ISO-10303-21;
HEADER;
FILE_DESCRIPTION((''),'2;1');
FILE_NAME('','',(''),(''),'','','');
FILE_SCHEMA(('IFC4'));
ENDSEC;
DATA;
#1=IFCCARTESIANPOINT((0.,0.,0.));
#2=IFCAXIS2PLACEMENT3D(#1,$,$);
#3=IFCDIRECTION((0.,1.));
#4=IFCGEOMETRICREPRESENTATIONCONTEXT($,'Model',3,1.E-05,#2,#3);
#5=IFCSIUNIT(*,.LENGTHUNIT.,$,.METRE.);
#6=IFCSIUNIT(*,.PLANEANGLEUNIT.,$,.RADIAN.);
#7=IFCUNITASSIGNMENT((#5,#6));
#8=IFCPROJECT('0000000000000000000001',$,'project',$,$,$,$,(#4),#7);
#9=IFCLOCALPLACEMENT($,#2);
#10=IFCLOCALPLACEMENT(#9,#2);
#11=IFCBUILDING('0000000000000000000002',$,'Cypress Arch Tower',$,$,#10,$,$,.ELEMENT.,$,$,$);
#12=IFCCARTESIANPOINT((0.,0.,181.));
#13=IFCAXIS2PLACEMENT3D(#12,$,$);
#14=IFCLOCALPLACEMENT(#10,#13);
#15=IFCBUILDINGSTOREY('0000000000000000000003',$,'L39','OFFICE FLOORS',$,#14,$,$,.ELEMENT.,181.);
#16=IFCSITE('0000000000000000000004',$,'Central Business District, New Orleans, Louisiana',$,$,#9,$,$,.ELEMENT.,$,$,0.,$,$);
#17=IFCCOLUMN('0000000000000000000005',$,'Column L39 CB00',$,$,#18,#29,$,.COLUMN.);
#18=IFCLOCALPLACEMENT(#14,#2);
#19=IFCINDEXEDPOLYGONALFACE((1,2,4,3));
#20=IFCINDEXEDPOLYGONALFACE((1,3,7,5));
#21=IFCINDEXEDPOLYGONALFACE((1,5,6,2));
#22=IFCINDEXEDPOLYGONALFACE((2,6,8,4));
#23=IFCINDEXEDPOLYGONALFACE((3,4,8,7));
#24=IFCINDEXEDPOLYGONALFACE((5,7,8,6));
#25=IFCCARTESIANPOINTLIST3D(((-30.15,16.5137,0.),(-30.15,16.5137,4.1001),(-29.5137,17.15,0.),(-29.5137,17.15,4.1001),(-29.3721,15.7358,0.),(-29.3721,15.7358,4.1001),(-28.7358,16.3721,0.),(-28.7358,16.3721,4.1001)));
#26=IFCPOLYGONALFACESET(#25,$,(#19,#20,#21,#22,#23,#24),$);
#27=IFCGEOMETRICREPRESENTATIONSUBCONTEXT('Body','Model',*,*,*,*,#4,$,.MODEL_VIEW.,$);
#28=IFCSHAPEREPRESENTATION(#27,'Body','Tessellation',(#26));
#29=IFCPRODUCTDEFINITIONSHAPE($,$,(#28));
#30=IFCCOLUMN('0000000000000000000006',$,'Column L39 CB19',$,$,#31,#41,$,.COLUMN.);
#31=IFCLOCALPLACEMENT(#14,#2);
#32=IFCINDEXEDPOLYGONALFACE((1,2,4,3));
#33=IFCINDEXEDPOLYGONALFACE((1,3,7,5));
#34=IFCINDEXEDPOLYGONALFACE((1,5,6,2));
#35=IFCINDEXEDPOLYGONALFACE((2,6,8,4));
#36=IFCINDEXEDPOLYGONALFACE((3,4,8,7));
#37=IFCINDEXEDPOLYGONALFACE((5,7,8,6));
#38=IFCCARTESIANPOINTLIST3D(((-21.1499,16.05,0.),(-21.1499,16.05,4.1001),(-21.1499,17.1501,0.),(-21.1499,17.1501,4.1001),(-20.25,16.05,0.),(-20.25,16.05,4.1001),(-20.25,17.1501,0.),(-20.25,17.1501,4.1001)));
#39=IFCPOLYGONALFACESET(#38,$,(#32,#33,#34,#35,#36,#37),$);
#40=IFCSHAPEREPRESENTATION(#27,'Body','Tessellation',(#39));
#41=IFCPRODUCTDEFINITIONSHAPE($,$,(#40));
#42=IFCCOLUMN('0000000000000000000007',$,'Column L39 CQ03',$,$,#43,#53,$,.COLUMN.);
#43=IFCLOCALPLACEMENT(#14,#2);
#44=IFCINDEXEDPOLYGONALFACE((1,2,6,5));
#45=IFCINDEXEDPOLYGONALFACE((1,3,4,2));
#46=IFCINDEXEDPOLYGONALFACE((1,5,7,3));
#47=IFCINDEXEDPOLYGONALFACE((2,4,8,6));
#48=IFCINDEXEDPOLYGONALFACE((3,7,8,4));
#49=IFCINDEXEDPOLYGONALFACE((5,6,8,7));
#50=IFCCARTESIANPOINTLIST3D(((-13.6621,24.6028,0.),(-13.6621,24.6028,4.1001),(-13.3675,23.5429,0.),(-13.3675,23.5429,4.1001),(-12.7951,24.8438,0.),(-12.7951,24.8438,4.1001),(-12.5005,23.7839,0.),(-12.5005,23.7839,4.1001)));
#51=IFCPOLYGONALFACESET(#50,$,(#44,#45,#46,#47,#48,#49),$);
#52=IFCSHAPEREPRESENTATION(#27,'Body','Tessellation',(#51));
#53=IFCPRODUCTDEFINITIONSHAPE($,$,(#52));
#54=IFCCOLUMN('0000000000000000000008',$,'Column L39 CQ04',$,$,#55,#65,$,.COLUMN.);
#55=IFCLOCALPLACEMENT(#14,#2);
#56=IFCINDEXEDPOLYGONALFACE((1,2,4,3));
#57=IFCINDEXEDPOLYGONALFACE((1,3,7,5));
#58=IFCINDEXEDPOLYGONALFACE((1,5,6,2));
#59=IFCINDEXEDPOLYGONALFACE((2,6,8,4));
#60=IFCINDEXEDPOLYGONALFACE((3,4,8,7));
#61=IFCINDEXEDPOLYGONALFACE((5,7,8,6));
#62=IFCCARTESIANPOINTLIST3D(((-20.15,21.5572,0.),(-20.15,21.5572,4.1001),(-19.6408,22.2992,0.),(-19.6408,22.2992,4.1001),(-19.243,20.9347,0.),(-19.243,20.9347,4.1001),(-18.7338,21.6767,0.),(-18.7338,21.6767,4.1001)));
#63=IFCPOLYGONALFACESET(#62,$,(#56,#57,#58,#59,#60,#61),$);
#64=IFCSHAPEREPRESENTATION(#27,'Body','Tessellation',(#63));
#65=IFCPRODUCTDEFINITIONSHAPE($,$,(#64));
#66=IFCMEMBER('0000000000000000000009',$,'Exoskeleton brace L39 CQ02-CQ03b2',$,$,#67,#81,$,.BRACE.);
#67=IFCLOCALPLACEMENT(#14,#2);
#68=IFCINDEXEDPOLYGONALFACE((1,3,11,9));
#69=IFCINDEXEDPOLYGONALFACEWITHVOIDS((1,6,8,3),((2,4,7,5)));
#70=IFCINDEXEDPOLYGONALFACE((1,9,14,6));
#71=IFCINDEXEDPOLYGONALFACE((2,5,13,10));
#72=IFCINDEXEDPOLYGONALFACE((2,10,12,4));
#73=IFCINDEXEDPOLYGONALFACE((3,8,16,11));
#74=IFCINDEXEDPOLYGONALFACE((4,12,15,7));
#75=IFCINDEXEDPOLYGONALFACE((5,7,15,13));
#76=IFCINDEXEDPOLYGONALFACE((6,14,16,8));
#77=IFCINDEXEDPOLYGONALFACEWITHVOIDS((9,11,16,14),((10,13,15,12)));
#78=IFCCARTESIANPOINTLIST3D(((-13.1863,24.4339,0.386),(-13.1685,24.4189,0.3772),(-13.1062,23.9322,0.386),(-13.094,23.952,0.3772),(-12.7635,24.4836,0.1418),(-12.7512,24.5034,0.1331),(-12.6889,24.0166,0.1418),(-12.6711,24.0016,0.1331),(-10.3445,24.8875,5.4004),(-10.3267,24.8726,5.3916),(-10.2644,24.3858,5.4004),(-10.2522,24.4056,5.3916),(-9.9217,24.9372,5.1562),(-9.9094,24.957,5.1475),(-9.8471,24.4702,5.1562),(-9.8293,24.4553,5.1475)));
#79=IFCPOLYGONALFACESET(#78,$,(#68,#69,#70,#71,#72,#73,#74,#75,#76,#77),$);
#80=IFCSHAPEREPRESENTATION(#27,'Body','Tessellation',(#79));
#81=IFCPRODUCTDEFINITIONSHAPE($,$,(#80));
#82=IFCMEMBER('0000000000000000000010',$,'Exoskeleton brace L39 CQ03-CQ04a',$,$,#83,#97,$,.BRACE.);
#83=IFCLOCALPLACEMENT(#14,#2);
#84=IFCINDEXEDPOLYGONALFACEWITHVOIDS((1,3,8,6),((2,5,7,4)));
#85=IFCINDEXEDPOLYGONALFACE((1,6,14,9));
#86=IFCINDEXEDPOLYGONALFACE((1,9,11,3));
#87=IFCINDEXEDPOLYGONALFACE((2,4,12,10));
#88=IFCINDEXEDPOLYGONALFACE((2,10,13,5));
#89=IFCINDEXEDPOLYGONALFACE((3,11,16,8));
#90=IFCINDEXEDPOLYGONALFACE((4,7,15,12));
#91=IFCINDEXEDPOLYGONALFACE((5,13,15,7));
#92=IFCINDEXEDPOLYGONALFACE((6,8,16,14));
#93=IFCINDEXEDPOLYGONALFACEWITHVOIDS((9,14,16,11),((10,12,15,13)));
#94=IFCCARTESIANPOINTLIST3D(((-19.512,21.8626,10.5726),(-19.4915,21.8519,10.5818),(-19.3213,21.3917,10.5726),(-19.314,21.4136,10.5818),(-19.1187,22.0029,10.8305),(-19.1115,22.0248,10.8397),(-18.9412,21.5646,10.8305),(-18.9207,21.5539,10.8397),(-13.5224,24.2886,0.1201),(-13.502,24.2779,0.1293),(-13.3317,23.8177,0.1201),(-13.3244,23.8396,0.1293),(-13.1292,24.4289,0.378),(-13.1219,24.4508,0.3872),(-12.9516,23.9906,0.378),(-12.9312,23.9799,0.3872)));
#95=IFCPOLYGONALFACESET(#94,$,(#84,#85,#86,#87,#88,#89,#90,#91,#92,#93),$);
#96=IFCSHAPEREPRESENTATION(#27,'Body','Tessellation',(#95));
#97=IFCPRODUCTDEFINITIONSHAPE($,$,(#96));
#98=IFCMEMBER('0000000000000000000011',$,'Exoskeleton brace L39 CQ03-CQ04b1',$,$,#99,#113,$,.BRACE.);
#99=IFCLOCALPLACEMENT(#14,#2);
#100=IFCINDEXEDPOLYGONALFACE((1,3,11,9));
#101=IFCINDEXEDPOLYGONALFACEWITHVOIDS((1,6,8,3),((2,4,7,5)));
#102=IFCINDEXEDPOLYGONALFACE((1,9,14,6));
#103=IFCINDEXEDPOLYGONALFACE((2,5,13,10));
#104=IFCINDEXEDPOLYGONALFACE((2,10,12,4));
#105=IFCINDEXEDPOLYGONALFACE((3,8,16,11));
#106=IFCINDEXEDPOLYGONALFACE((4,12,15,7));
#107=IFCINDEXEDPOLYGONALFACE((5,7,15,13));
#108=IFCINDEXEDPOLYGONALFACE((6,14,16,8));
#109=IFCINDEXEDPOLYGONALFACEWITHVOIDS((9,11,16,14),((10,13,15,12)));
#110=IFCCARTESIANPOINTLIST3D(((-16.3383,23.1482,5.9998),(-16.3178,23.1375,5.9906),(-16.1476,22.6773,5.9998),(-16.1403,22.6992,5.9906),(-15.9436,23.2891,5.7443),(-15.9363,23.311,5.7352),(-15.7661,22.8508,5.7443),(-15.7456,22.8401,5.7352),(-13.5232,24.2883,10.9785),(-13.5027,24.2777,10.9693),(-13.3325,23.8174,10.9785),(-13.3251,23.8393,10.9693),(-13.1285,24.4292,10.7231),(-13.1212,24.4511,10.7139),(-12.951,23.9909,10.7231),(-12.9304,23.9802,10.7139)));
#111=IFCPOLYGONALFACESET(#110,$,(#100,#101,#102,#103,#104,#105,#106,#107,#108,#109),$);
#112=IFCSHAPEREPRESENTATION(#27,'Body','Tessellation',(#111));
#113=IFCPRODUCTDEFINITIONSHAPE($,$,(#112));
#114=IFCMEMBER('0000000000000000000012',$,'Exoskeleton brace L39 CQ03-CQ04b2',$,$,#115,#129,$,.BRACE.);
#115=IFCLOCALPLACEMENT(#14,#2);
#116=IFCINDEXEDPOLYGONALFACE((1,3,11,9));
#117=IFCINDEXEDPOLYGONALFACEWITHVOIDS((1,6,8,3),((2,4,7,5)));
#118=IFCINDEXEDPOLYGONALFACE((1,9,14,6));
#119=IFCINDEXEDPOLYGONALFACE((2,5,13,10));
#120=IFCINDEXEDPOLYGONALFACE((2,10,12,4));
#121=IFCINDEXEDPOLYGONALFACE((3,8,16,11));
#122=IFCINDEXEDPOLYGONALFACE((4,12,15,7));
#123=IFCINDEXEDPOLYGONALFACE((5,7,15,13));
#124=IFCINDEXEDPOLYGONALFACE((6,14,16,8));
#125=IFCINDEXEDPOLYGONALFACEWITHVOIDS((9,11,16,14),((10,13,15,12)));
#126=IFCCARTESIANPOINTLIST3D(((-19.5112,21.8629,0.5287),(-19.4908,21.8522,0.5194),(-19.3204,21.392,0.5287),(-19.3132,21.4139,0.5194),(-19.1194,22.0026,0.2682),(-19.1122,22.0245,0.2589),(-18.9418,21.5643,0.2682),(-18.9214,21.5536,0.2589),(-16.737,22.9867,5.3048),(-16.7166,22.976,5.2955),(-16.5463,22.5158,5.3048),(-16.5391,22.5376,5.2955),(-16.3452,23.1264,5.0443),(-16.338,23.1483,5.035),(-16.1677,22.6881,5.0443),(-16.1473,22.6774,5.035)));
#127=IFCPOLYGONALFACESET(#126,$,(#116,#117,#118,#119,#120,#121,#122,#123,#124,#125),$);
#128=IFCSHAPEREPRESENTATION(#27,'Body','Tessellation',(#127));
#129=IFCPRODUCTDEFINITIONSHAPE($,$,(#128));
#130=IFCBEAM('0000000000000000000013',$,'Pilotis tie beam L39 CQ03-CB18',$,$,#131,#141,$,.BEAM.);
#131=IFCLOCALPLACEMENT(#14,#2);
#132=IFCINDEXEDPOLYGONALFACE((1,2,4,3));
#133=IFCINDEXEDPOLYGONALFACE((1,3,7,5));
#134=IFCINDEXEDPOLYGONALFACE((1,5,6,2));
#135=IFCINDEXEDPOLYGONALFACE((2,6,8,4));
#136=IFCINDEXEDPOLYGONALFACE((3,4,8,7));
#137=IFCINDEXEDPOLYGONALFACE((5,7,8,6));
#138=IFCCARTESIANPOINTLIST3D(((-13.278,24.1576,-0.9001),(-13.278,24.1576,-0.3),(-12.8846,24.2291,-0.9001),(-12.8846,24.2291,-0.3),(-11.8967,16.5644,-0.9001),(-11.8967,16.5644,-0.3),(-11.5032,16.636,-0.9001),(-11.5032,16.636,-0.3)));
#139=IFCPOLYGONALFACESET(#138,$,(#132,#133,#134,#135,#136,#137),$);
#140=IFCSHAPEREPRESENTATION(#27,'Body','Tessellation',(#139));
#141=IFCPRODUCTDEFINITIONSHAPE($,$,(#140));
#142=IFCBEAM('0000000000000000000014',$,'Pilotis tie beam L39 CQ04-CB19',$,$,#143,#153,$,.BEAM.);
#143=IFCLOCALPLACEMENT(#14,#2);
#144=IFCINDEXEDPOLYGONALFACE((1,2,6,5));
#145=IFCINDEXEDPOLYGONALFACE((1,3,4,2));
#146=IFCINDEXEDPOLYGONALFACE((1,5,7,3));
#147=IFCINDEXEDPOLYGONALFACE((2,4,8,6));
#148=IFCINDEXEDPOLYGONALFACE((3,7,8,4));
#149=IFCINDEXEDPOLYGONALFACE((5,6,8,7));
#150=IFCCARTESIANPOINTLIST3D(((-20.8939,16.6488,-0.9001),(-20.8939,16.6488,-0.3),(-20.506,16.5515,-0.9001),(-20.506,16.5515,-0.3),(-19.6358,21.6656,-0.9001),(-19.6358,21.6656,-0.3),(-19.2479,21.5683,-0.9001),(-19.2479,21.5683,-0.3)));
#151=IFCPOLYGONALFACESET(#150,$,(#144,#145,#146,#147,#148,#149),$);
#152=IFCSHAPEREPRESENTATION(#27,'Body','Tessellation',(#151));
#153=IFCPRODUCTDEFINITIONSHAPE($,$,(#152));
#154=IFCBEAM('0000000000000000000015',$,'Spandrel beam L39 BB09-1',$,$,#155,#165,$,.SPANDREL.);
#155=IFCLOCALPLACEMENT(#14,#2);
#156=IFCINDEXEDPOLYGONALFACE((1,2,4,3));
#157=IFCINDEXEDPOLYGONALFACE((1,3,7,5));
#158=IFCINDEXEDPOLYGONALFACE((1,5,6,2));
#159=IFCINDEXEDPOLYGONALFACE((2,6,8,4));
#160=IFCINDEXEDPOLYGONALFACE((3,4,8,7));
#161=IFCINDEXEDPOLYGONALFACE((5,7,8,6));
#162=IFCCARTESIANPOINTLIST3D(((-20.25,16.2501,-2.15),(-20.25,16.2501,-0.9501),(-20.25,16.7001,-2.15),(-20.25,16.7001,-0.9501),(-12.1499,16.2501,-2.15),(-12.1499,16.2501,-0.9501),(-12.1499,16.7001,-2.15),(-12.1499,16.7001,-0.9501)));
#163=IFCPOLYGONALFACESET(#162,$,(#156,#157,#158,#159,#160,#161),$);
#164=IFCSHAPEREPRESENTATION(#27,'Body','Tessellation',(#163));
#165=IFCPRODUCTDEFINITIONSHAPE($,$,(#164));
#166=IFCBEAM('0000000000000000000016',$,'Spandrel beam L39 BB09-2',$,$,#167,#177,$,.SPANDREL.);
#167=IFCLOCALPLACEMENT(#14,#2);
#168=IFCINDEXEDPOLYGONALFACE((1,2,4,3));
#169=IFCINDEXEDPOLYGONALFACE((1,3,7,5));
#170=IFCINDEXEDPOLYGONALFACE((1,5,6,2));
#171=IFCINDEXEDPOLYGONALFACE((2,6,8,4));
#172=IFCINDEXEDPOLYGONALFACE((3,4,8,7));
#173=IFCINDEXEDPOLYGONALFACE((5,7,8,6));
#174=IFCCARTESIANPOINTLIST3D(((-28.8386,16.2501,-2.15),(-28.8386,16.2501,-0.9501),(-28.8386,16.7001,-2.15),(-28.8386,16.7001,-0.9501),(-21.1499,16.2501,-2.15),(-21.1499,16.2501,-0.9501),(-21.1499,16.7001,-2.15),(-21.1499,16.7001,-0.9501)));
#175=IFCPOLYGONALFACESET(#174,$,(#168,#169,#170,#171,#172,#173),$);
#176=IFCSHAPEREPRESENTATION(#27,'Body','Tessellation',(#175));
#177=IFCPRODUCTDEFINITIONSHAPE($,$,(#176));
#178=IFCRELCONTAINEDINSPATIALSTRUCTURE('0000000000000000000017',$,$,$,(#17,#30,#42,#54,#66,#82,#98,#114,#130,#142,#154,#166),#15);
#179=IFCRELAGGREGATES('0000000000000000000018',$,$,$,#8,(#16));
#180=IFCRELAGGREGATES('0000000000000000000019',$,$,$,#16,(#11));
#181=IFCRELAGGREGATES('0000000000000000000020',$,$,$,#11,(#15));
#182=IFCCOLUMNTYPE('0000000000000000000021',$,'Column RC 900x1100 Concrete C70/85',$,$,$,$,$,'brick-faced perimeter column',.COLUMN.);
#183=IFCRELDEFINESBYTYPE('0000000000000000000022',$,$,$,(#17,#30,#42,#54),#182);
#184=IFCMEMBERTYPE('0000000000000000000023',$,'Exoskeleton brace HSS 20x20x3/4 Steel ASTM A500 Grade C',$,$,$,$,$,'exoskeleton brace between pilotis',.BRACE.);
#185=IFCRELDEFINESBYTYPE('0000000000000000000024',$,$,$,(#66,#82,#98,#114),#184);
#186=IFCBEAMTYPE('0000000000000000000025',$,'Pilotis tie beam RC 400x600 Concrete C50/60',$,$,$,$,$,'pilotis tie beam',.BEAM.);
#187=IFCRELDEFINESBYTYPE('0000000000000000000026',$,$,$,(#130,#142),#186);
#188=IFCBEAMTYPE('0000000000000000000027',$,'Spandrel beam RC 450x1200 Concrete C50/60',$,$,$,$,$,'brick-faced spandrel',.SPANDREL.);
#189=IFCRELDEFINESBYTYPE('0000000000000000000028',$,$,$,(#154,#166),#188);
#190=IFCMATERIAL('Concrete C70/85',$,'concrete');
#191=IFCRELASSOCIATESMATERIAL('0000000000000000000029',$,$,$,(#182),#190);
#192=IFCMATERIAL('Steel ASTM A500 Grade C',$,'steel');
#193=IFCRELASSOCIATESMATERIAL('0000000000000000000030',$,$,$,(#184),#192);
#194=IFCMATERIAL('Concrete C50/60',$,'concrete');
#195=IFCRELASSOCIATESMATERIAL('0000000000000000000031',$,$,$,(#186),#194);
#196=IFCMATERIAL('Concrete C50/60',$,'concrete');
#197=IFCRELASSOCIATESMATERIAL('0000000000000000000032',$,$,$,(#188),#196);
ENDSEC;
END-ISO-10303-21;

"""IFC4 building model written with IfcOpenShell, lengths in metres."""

from ifc_helpers import new_model, si_unit, direction, frame, origin, origin_2d, place, context, subcontext, project, spatial, rectangle, hollow_rectangle, extrude, material, material_profile, profile_set, type_object, element, save


model = new_model("IFC4")

# Units and contexts
model_context = context("Model", 3, precision=1e-05, world=origin(), true_north=direction((0.0, 1.0)))
body_context = subcontext(model_context, "Body", "Model", "MODEL_VIEW")
ifc_project = project(units=[si_unit("LENGTHUNIT", "METRE"), si_unit("PLANEANGLEUNIT", "RADIAN")], contexts=[model_context])

# Site, building, storey
site_placement = place(None, origin())
site = spatial("IfcSite", under=ifc_project, at=site_placement, Name="Central Business District, New Orleans, Louisiana", CompositionType="ELEMENT", RefElevation=0.0)
building_placement = place(site_placement, origin())
building = spatial("IfcBuilding", under=site, at=building_placement, Name="Cypress Arch Tower", CompositionType="ELEMENT")
storey_placement = place(building_placement, frame((0.0, 0.0, 181.0)))
storey = spatial("IfcBuildingStorey", under=building, at=storey_placement, Name="L39", Description="OFFICE FLOORS", CompositionType="ELEMENT", Elevation=181.0)

# Columns
ifc_material_1 = material(Name="Concrete C70/85", Category="concrete")
ifc_material_profile_1 = material_profile(ifc_material_1, rectangle(XDim=0.8999, YDim=1.1001, at=origin_2d()), Name="RC 900x1100")
ifc_profile_set_1 = profile_set([ifc_material_profile_1], Name="Concrete C70/85")
column_type = type_object("IfcColumnType", Name="Column RC 900x1100 Concrete C70/85", ElementType="brick-faced perimeter column", PredefinedType="COLUMN", material=ifc_profile_set_1)
for number, where, z_axis, x_axis, name in (
    (1, (-29.4429, 16.4429, 0.0), (0.0, 0.0, 1.0), (-0.707107, -0.707107, 0.0), "Column L39 CB00"),
    (2, (-20.7, 16.6001, 0.0), (0.0, 0.0, 1.0), (-1.0, 0.0, 0.0), "Column L39 CB19"),
    (3, (-13.0813, 24.1934, 0.0), (0.0, 0.0, 1.0), (-0.963456, -0.267868, 0.0), "Column L39 CQ03"),
    (4, (-19.4419, 21.6169, 0.0), (0.0, 0.0, 1.0), (-0.565893, -0.824479, 0.0), "Column L39 CQ04"),
):
    element("IfcColumn", number, at=place(storey_placement, frame(where, z_axis=z_axis, x_axis=x_axis)), inside=storey, type_object=column_type, Name=name, PredefinedType="COLUMN", context=body_context, shape_type="SweptSolid", body=[
        extrude(rectangle(XDim=0.8999, YDim=1.1001, at=origin_2d()), origin(), (0.0, 0.0, 1.0), 4.1001),
    ])

# Members
ifc_material_2 = material(Name="Steel ASTM A500 Grade C", Category="steel")
ifc_material_profile_2 = material_profile(ifc_material_2, hollow_rectangle(XDim=0.5081, YDim=0.5081, WallThickness=0.0176, at=origin_2d()), Name="HSS 20x20x3/4")
ifc_profile_set_2 = profile_set([ifc_material_profile_2], Name="Steel ASTM A500 Grade C")
member_type = type_object("IfcMemberType", Name="Exoskeleton brace HSS 20x20x3/4 Steel ASTM A500 Grade C", ElementType="exoskeleton brace between pilotis", PredefinedType="BRACE", material=ifc_profile_set_2)
member_1_placement = place(storey_placement, frame((-12.9287, 24.2178, 0.2595), z_axis=(0.491532, 0.078459, 0.867318), x_axis=(-0.157627, 0.987499, 0.0)))
element("IfcMember", 5, at=member_1_placement, inside=storey, type_object=member_type, Name="Exoskeleton brace L39 CQ02-CQ03b2", PredefinedType="BRACE", context=body_context, shape_type="SweptSolid", body=[
    extrude(hollow_rectangle(XDim=0.5081, YDim=0.5081, WallThickness=0.0176, at=origin_2d()), origin(), (0.0, 0.0, 1.0), 5.7815),
])
member_2_placement = place(storey_placement, frame((-13.2268, 24.1343, 0.2537), z_axis=(-0.487399, -0.197419, 0.850569), x_axis=(0.375419, -0.926855, 0.0)))
element("IfcMember", 6, at=member_2_placement, inside=storey, type_object=member_type, Name="Exoskeleton brace L39 CQ03-CQ04a", PredefinedType="BRACE", context=body_context, shape_type="SweptSolid", body=[
    extrude(hollow_rectangle(XDim=0.5081, YDim=0.5081, WallThickness=0.0176, at=origin_2d()), origin(), (0.0, 0.0, 1.0), 12.2888),
])
member_3_placement = place(storey_placement, frame((-13.2268, 24.1343, 10.8462), z_axis=(-0.482706, -0.195494, -0.853684), x_axis=(0.375379, -0.926872, 0.0)))
element("IfcMember", 7, at=member_3_placement, inside=storey, type_object=member_type, Name="Exoskeleton brace L39 CQ03-CQ04b1", PredefinedType="BRACE", context=body_context, shape_type="SweptSolid", body=[
    extrude(hollow_rectangle(XDim=0.5081, YDim=0.5081, WallThickness=0.0176, at=origin_2d()), origin(), (0.0, 0.0, 1.0), 5.832),
])
member_4_placement = place(storey_placement, frame((-19.2163, 21.7083, 0.3938), z_axis=(0.492179, 0.199375, 0.847355), x_axis=(-0.375451, 0.926842, 0.0)))
element("IfcMember", 8, at=member_4_placement, inside=storey, type_object=member_type, Name="Exoskeleton brace L39 CQ03-CQ04b2", PredefinedType="BRACE", context=body_context, shape_type="SweptSolid", body=[
    extrude(hollow_rectangle(XDim=0.5081, YDim=0.5081, WallThickness=0.0176, at=origin_2d()), origin(), (0.0, 0.0, 1.0), 5.6365),
])

# Beams
ifc_material_3 = material(Name="Concrete C50/60", Category="concrete")
ifc_material_profile_3 = material_profile(ifc_material_3, rectangle(XDim=0.3999, YDim=0.6001, at=origin_2d()), Name="RC 400x600")
ifc_profile_set_3 = profile_set([ifc_material_profile_3], Name="Concrete C50/60")
beam_type_1 = type_object("IfcBeamType", Name="Pilotis tie beam RC 400x600 Concrete C50/60", ElementType="pilotis tie beam", PredefinedType="BEAM", material=ifc_profile_set_3)
beam_1_placement = place(storey_placement, frame((-13.0813, 24.1934, -0.6001), z_axis=(0.17898, -0.983853, 0.0), x_axis=(0.983853, 0.17898, 0.0)))
element("IfcBeam", 9, at=beam_1_placement, inside=storey, type_object=beam_type_1, Name="Pilotis tie beam L39 CQ03-CB18", PredefinedType="BEAM", context=body_context, shape_type="SweptSolid", body=[
    extrude(rectangle(XDim=0.3999, YDim=0.6001, at=origin_2d()), origin(), (0.0, 0.0, 1.0), 7.7178),
])
beam_2_placement = place(storey_placement, frame((-19.4419, 21.6169, -0.6001), z_axis=(-0.243235, -0.969967, 0.0), x_axis=(0.969967, -0.243235, 0.0)))
element("IfcBeam", 10, at=beam_2_placement, inside=storey, type_object=beam_type_1, Name="Pilotis tie beam L39 CQ04-CB19", PredefinedType="BEAM", context=body_context, shape_type="SweptSolid", body=[
    extrude(rectangle(XDim=0.3999, YDim=0.6001, at=origin_2d()), origin(), (0.0, 0.0, 1.0), 5.1721),
])
ifc_material_4 = material(Name="Concrete C50/60", Category="concrete")
ifc_material_profile_4 = material_profile(ifc_material_4, rectangle(XDim=0.45, YDim=1.2, at=origin_2d()), Name="RC 450x1200")
ifc_profile_set_4 = profile_set([ifc_material_profile_4], Name="Concrete C50/60")
beam_type_2 = type_object("IfcBeamType", Name="Spandrel beam RC 450x1200 Concrete C50/60", ElementType="brick-faced spandrel", PredefinedType="SPANDREL", material=ifc_profile_set_4)
beam_3_placement = place(storey_placement, frame((-12.1499, 16.4751, -1.55), z_axis=(-1.0, 0.0, 0.0), x_axis=(0.0, -1.0, 0.0)))
element("IfcBeam", 11, at=beam_3_placement, inside=storey, type_object=beam_type_2, Name="Spandrel beam L39 BB09-1", PredefinedType="SPANDREL", context=body_context, shape_type="SweptSolid", body=[
    extrude(rectangle(XDim=0.45, YDim=1.2, at=origin_2d()), origin(), (0.0, 0.0, 1.0), 8.1001),
])
beam_4_placement = place(storey_placement, frame((-21.1499, 16.4751, -1.55), z_axis=(-1.0, 0.0, 0.0), x_axis=(0.0, -1.0, 0.0)))
element("IfcBeam", 12, at=beam_4_placement, inside=storey, type_object=beam_type_2, Name="Spandrel beam L39 BB09-2", PredefinedType="SPANDREL", context=body_context, shape_type="SweptSolid", body=[
    extrude(rectangle(XDim=0.45, YDim=1.2, at=origin_2d()), origin(), (0.0, 0.0, 1.0), 7.6887),
])

save(model, "model.ifc")
